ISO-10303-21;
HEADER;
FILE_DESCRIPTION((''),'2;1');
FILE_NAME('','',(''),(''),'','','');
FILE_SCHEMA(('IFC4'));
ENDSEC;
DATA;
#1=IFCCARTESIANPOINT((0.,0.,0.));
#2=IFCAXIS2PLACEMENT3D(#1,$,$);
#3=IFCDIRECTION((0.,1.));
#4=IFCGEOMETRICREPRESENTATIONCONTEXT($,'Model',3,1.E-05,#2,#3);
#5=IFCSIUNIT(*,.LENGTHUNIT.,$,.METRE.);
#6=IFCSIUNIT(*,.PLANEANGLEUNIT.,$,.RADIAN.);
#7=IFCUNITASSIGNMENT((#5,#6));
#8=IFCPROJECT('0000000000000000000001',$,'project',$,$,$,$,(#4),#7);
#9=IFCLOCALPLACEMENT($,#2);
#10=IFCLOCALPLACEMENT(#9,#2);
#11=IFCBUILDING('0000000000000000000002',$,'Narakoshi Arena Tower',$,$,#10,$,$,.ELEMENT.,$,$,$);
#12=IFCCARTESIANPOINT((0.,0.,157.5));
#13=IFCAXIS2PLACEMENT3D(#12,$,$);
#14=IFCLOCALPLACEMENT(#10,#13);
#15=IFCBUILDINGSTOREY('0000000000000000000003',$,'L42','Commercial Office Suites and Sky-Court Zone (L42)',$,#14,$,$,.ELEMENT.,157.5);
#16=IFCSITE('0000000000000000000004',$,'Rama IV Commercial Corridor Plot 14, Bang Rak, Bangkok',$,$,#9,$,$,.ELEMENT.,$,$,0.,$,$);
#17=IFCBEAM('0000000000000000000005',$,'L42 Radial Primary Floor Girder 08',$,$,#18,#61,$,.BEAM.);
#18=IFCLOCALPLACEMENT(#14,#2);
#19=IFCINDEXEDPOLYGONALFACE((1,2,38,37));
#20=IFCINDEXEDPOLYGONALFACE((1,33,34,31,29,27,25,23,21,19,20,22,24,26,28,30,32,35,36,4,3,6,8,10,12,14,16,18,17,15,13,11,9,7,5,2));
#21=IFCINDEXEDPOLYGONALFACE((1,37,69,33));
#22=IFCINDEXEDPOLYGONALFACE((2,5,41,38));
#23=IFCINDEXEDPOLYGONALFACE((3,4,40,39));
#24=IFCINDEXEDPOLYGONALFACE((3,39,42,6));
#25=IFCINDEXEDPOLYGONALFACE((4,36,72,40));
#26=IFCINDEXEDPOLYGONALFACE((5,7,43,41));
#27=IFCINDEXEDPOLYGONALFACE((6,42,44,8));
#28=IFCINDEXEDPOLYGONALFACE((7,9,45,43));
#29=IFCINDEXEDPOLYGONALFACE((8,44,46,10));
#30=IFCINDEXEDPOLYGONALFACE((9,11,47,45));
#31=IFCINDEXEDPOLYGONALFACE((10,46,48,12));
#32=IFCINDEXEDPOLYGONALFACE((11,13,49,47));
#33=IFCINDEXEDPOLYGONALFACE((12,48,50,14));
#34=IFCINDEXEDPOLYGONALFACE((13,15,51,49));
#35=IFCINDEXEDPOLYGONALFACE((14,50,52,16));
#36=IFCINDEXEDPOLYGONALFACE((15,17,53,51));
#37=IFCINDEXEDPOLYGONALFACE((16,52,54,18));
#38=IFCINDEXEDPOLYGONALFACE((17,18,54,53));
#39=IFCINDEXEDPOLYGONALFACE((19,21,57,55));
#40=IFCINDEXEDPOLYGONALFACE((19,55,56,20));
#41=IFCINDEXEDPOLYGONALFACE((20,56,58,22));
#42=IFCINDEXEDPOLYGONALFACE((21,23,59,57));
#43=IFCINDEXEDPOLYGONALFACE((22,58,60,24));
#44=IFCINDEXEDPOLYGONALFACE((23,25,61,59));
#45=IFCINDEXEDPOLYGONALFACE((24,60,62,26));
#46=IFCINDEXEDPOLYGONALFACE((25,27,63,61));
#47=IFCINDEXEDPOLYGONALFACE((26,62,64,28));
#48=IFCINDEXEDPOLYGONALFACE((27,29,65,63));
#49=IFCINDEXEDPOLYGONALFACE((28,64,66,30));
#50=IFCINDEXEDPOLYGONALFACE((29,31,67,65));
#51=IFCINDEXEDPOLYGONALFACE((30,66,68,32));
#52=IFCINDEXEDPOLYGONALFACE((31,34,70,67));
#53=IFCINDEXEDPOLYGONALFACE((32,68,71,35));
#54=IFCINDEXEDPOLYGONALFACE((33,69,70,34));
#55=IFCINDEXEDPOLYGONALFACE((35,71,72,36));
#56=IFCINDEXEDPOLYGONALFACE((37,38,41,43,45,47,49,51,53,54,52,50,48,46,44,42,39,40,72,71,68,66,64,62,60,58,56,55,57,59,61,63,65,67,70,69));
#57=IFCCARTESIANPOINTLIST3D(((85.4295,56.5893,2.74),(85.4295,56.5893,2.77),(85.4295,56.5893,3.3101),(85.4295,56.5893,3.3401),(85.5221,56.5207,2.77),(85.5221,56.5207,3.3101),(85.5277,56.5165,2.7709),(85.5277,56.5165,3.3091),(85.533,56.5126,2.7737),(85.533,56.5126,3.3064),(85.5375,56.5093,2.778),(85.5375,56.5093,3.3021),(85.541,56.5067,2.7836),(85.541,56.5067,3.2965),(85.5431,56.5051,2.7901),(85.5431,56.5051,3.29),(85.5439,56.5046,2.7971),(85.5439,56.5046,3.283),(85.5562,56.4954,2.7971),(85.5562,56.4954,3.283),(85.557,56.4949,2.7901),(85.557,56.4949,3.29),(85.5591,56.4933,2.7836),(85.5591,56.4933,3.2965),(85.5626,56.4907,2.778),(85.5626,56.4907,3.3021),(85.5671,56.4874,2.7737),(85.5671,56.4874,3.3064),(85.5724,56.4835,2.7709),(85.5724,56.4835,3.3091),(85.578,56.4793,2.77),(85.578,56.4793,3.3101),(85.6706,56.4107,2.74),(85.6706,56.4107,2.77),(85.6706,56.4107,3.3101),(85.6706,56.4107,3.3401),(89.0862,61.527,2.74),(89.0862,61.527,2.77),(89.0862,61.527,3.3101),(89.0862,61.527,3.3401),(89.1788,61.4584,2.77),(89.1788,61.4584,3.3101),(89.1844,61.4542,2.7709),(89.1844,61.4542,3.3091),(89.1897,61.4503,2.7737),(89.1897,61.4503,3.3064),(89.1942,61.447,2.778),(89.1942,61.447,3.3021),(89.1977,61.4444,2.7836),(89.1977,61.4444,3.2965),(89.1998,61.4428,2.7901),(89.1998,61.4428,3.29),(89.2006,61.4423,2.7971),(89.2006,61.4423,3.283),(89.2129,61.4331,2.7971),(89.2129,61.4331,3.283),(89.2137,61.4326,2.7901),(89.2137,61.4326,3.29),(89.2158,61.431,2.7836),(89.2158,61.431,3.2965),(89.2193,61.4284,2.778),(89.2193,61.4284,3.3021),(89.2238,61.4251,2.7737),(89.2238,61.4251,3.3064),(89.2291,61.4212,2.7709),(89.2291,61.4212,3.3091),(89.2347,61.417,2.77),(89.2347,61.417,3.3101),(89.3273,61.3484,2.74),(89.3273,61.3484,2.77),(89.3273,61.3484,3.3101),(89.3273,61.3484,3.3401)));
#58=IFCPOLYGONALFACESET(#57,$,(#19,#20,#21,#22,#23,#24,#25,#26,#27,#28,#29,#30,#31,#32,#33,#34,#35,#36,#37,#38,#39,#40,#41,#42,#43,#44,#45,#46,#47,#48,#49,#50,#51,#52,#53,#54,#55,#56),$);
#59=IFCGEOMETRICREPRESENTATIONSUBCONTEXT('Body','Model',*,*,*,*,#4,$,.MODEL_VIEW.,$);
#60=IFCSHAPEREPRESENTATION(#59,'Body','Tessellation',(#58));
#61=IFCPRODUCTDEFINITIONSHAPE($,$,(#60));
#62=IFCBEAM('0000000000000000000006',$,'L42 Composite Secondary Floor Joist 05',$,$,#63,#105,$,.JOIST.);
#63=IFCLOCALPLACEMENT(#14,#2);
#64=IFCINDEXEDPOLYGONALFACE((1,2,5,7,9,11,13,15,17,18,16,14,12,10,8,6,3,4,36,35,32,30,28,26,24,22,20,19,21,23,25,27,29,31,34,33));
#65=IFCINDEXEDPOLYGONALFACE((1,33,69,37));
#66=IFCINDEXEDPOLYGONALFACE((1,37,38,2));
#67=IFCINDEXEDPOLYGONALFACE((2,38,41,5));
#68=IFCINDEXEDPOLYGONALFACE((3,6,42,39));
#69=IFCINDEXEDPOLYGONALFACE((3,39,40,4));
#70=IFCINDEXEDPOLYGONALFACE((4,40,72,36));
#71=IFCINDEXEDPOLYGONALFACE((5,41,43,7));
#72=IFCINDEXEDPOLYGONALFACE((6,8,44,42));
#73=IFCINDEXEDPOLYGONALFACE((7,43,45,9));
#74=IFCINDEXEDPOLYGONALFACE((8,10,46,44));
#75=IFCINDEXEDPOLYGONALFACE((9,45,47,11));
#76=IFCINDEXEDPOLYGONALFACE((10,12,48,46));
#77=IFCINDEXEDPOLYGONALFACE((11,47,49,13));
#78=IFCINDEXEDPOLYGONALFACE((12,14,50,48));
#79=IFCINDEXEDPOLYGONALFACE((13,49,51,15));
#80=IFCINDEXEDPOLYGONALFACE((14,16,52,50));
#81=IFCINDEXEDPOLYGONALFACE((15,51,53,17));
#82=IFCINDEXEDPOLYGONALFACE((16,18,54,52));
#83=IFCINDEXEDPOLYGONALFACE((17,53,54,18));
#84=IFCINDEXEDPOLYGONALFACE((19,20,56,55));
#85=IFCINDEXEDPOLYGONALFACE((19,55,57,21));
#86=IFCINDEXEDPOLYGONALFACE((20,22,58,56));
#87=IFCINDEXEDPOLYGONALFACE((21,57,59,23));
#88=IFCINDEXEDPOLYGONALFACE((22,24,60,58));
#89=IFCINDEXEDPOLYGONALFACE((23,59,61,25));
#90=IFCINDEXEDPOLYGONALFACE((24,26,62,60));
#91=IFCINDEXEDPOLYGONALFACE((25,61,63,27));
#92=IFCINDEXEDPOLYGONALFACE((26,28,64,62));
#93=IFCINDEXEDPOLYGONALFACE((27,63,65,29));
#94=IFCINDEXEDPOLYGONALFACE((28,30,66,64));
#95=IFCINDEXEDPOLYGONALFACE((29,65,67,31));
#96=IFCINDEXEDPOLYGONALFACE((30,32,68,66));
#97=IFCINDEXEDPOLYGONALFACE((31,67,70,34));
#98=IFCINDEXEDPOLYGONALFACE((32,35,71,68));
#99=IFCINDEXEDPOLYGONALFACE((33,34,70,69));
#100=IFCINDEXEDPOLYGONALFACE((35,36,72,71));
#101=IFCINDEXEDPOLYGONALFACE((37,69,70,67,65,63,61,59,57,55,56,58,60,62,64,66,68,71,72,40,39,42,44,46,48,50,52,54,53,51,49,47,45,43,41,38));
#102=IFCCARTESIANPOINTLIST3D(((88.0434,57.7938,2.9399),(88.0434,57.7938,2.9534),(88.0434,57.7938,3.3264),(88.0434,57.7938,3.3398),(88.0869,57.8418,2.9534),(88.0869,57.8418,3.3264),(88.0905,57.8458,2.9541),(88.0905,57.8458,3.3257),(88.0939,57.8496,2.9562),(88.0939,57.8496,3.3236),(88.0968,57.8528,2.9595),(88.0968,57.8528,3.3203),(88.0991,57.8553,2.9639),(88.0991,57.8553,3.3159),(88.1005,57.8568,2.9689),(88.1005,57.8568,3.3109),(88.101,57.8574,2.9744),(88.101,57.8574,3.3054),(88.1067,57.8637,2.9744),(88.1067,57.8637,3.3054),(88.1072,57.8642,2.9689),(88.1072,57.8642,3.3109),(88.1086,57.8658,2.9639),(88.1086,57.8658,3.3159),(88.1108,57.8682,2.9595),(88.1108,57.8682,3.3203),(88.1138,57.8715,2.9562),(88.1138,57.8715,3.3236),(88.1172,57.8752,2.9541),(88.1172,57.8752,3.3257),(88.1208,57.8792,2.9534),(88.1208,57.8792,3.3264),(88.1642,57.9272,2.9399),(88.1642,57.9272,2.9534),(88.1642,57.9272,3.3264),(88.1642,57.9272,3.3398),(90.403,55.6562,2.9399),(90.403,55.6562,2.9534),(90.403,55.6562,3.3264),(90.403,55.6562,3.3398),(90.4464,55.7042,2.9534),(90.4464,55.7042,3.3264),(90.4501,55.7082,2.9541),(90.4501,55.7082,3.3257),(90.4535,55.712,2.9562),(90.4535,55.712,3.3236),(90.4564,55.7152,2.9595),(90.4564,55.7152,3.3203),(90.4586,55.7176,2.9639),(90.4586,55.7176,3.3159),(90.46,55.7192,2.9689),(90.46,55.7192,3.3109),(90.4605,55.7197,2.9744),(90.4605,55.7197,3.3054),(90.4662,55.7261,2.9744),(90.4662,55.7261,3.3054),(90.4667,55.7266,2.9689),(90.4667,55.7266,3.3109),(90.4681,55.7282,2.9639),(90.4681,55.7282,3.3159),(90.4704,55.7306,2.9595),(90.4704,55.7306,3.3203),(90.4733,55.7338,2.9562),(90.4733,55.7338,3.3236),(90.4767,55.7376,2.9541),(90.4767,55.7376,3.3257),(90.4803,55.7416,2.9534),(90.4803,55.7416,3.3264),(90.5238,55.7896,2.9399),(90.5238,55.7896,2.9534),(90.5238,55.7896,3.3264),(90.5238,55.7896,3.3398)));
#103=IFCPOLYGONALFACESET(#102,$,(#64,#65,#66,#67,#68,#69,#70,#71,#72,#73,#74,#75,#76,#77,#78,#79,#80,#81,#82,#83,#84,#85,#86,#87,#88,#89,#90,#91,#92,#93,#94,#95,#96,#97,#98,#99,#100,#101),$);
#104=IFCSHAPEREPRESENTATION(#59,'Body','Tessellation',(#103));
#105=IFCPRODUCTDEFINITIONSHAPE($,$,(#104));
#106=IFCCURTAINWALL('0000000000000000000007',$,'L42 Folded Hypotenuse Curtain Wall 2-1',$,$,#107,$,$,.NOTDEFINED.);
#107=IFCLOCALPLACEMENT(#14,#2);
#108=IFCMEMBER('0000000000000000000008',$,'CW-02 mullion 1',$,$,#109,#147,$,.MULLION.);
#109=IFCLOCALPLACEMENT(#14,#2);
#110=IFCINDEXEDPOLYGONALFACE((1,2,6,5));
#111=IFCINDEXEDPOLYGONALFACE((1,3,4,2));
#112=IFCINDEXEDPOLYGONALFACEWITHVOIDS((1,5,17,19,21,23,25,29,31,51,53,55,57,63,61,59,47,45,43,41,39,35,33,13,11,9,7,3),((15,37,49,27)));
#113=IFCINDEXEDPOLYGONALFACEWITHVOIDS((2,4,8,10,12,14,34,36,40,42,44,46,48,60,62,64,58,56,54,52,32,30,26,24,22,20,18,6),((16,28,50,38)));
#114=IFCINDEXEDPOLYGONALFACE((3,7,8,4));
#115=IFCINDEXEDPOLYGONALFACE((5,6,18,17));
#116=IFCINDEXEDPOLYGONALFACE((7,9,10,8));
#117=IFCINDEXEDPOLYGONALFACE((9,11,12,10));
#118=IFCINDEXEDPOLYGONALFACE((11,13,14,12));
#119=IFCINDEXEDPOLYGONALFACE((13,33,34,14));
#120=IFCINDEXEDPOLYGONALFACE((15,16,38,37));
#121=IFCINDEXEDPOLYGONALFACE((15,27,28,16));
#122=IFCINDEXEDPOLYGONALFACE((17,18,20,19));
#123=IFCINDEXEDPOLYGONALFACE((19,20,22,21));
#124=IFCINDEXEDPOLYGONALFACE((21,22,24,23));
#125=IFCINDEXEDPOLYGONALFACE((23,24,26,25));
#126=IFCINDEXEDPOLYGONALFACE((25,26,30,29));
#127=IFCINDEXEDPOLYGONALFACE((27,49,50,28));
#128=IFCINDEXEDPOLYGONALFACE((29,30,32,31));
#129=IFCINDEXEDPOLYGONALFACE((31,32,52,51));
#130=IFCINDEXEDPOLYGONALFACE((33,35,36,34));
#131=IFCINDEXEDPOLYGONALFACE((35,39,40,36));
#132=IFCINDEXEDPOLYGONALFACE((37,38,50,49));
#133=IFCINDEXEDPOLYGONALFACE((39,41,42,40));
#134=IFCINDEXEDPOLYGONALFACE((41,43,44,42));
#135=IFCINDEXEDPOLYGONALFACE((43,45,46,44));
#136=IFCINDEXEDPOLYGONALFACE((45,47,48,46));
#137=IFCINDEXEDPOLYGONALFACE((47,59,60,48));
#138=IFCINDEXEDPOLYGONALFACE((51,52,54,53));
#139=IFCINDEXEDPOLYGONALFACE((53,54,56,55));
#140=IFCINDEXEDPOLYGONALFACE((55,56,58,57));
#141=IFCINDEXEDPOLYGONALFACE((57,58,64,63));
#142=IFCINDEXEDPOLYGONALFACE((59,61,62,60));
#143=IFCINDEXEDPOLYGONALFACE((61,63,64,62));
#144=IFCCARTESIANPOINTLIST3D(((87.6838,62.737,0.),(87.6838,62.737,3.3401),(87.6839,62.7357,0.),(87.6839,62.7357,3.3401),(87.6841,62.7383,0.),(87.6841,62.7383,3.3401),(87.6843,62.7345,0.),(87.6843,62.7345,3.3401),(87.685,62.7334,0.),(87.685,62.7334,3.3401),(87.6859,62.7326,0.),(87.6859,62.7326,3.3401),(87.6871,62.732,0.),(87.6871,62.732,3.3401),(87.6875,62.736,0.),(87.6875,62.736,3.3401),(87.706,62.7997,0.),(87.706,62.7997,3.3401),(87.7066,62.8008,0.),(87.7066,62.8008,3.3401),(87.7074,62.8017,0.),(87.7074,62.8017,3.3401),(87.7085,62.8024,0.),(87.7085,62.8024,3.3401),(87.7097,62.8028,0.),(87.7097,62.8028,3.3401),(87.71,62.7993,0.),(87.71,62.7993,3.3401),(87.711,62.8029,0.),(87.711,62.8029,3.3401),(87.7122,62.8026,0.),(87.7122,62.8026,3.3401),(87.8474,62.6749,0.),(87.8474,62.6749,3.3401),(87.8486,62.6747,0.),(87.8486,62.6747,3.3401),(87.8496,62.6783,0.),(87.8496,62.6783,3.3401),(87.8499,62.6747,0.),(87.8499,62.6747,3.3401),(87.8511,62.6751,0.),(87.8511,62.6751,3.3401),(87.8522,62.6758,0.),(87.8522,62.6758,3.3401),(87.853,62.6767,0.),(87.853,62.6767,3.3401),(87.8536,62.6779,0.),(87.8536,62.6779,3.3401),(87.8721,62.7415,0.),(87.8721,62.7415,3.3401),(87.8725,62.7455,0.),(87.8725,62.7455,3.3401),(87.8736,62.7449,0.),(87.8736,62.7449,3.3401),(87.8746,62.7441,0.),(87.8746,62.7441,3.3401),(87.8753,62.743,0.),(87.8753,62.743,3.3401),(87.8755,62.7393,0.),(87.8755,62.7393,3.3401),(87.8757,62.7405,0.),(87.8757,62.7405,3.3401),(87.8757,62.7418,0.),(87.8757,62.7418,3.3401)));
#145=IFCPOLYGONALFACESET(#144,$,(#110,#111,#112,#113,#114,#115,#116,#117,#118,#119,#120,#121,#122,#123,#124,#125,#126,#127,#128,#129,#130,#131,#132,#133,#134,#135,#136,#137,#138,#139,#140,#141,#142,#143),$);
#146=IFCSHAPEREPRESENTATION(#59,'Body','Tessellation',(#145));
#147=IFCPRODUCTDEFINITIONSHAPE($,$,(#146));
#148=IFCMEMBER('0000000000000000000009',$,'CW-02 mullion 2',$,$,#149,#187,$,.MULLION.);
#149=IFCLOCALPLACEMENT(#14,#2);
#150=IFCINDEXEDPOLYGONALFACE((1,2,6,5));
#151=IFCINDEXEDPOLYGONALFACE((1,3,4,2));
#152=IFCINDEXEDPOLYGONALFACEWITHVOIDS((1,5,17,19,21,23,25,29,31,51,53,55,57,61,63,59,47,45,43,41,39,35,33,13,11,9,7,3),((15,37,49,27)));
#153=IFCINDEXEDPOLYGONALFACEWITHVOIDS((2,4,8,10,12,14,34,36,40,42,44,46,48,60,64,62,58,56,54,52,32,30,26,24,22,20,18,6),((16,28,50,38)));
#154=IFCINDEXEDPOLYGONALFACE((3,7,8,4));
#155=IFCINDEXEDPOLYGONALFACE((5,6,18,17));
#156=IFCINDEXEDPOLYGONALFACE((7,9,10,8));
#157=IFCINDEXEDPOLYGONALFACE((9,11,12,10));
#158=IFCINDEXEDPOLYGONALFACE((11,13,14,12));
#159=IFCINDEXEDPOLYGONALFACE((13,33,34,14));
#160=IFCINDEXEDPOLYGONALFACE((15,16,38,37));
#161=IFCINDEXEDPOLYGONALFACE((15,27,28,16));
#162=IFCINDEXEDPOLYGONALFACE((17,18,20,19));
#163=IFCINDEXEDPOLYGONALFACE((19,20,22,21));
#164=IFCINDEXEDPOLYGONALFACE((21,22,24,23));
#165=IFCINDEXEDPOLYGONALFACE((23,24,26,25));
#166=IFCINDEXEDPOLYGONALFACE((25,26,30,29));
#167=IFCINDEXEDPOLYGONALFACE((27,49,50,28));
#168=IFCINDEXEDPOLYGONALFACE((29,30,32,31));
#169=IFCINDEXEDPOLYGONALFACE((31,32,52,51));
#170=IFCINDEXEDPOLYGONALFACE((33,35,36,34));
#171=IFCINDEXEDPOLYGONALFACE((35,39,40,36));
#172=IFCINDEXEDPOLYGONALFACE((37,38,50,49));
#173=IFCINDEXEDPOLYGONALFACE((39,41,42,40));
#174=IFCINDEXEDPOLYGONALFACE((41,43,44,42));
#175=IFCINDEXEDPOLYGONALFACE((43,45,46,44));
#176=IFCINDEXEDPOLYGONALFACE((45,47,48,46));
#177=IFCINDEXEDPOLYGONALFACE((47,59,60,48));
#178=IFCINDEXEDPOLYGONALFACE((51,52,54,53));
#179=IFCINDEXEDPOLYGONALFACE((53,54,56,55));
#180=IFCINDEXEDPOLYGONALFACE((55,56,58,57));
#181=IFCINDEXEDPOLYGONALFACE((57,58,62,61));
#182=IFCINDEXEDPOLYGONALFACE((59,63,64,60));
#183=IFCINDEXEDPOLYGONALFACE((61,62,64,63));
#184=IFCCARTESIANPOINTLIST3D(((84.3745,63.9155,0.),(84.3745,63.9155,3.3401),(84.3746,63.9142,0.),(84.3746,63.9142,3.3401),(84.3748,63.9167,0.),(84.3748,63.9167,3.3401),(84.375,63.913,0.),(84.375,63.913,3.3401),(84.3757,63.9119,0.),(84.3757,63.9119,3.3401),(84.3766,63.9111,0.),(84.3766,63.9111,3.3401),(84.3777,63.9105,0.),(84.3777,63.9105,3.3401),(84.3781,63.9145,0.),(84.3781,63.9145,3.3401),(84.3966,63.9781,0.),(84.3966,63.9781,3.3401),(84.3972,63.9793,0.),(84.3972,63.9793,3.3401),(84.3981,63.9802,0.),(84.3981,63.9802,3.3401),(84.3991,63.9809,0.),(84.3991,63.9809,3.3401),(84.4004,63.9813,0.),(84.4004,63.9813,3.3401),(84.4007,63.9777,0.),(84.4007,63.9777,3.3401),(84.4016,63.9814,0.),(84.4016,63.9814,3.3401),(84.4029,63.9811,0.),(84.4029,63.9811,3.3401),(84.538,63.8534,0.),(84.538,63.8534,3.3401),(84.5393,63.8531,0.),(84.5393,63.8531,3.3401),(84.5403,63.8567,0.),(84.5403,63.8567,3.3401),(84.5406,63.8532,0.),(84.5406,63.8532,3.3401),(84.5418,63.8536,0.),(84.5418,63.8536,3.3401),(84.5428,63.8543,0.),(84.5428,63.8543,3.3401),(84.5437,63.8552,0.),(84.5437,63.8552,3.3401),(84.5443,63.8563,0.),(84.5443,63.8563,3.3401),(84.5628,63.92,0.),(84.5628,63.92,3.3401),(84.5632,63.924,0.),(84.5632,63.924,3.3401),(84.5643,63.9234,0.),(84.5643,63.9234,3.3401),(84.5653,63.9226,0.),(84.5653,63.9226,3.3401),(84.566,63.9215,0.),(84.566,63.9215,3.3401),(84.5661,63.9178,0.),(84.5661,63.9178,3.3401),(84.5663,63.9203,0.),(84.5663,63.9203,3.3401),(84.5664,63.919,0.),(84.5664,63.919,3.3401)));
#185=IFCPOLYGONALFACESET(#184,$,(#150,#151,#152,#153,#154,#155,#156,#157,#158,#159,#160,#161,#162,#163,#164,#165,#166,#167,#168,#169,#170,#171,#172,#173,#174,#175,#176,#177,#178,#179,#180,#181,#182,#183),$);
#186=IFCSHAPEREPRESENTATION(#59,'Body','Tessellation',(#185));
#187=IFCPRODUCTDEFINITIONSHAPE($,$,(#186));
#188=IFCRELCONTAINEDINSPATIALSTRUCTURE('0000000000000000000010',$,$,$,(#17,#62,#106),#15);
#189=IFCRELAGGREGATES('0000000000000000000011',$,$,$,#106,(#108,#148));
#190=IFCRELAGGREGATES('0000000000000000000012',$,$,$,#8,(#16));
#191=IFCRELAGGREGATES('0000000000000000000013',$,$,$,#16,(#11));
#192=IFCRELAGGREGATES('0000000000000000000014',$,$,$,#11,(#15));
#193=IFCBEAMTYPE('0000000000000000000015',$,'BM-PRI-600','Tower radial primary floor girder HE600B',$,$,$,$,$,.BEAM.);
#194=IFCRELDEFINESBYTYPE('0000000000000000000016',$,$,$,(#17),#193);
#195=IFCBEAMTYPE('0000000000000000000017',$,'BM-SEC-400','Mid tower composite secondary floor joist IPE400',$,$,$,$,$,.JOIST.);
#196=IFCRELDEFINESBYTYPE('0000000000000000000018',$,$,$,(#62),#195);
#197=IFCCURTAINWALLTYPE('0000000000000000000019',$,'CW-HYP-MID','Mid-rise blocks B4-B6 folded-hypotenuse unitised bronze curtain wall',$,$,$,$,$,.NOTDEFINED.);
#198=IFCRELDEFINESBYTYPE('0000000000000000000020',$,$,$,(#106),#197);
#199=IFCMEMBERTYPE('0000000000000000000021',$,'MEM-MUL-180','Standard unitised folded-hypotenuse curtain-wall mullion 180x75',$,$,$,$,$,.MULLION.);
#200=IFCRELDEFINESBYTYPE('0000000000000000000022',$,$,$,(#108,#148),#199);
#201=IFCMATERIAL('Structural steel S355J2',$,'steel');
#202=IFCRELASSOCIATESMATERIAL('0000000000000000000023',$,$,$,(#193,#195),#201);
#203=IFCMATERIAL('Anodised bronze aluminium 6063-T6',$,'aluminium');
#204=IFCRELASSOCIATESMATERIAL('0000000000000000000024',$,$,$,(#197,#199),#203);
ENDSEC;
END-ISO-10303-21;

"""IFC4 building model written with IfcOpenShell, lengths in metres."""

from ifc_helpers import new_model, si_unit, direction, frame, origin, origin_2d, place, context, subcontext, project, spatial, hollow_rectangle, i_section, extrude, material, material_profile, profile_set, type_object, element, aggregate, save


model = new_model("IFC4")

# Units and contexts
model_context = context("Model", 3, precision=1e-05, world=origin(), true_north=direction((0.0, 1.0)))
body_context = subcontext(model_context, "Body", "Model", "MODEL_VIEW")
ifc_project = project(units=[si_unit("LENGTHUNIT", "METRE"), si_unit("PLANEANGLEUNIT", "RADIAN")], contexts=[model_context])

# Site, building, storey
site_placement = place(None, origin())
site = spatial("IfcSite", under=ifc_project, at=site_placement, Name="Rama IV Commercial Corridor Plot 14, Bang Rak, Bangkok", CompositionType="ELEMENT", RefElevation=0.0)
building_placement = place(site_placement, origin())
building = spatial("IfcBuilding", under=site, at=building_placement, Name="Narakoshi Arena Tower", CompositionType="ELEMENT")
storey_placement = place(building_placement, frame((0.0, 0.0, 157.5)))
storey = spatial("IfcBuildingStorey", under=building, at=storey_placement, Name="L42", Description="Commercial Office Suites and Sky-Court Zone (L42)", CompositionType="ELEMENT", Elevation=157.5)

# Beams
ifc_material_1 = material(Name="Structural steel S355J2", Category="steel")
ifc_material_profile_1 = material_profile(ifc_material_1, i_section(OverallWidth=0.3, OverallDepth=0.6001, WebThickness=0.0154, FlangeThickness=0.03, FilletRadius=0.0271, at=origin_2d()), Name="HE600B")
ifc_profile_set_1 = profile_set([ifc_material_profile_1], Name="Structural steel S355J2")
beam_type_1 = type_object("IfcBeamType", Name="BM-PRI-600", Description="Tower radial primary floor girder HE600B", PredefinedType="BEAM", material=ifc_profile_set_1)
beam_1_placement = place(storey_placement, frame((85.55, 56.5, 3.04), z_axis=(0.595138, 0.803623, 0.0), x_axis=(-0.803623, 0.595138, 0.0)))
element("IfcBeam", 1, at=beam_1_placement, inside=storey, type_object=beam_type_1, Name="L42 Radial Primary Floor Girder 08", PredefinedType="BEAM", context=body_context, shape_type="SweptSolid", body=[
    extrude(i_section(OverallWidth=0.3, OverallDepth=0.6001, WebThickness=0.0154, FlangeThickness=0.03, FilletRadius=0.0271, at=origin_2d()), origin(), (0.0, 0.0, 1.0), 6.1443),
])
ifc_material_profile_2 = material_profile(ifc_material_1, i_section(OverallWidth=0.1799, OverallDepth=0.3999, WebThickness=0.0085, FlangeThickness=0.0134, FilletRadius=0.021, at=origin_2d()), Name="IPE400")
ifc_profile_set_2 = profile_set([ifc_material_profile_2], Name="Structural steel S355J2")
beam_type_2 = type_object("IfcBeamType", Name="BM-SEC-400", Description="Mid tower composite secondary floor joist IPE400", PredefinedType="JOIST", material=ifc_profile_set_2)
beam_2_placement = place(storey_placement, frame((90.4634, 55.7229, 3.1399), z_axis=(-0.741098, 0.671397, 0.0), x_axis=(-0.671397, -0.741098, 0.0)))
element("IfcBeam", 2, at=beam_2_placement, inside=storey, type_object=beam_type_2, Name="L42 Composite Secondary Floor Joist 05", PredefinedType="JOIST", context=body_context, shape_type="SweptSolid", body=[
    extrude(i_section(OverallWidth=0.1799, OverallDepth=0.3999, WebThickness=0.0085, FlangeThickness=0.0134, FilletRadius=0.021, at=origin_2d()), origin(), (0.0, 0.0, 1.0), 3.1838),
])

# Curtain wall, members
ifc_material_2 = material(Name="Anodised bronze aluminium 6063-T6", Category="aluminium")
curtain_wall_type = type_object("IfcCurtainWallType", Name="CW-HYP-MID", Description="Mid-rise blocks B4-B6 folded-hypotenuse unitised bronze curtain wall", PredefinedType="NOTDEFINED", material=ifc_material_2)
curtain_wall_placement = place(storey_placement, origin())
curtain_wall = element("IfcCurtainWall", 3, at=curtain_wall_placement, inside=storey, type_object=curtain_wall_type, Name="L42 Folded Hypotenuse Curtain Wall 2-1", PredefinedType="NOTDEFINED")
ifc_material_profile_3 = material_profile(ifc_material_2, hollow_rectangle(XDim=0.075, YDim=0.1799, WallThickness=0.0039, OuterFilletRadius=0.0049, at=origin_2d()), Name="MUL180x75x4")
ifc_profile_set_3 = profile_set([ifc_material_profile_3], Name="Anodised bronze aluminium 6063-T6")
member_type_1 = type_object("IfcMemberType", Name="MEM-MUL-180", Description="Standard unitised folded-hypotenuse curtain-wall mullion 180x75", PredefinedType="MULLION", material=ifc_profile_set_3)
member_1_placement = place(storey_placement, frame((87.7798, 62.7388, 0.0), z_axis=(0.0, 0.0, 1.0), x_axis=(-0.335518, -0.942034, 0.0)))
member_1 = element("IfcMember", 4, at=member_1_placement, type_object=member_type_1, Name="CW-02 mullion 1", PredefinedType="MULLION", context=body_context, shape_type="SweptSolid", body=[
    extrude(hollow_rectangle(XDim=0.075, YDim=0.1799, WallThickness=0.0039, OuterFilletRadius=0.0049, at=origin_2d()), origin(), (0.0, 0.0, 1.0), 3.3401),
])
member_2_placement = place(storey_placement, frame((84.4705, 63.9172, 0.0), z_axis=(0.0, 0.0, 1.0), x_axis=(-0.335518, -0.942034, 0.0)))
member_2 = element("IfcMember", 5, at=member_2_placement, type_object=member_type_1, Name="CW-02 mullion 2", PredefinedType="MULLION", context=body_context, shape_type="SweptSolid", body=[
    extrude(hollow_rectangle(XDim=0.075, YDim=0.1799, WallThickness=0.0039, OuterFilletRadius=0.0049, at=origin_2d()), origin(), (0.0, 0.0, 1.0), 3.3401),
])
aggregate(curtain_wall, [member_1, member_2])

save(model, "model.ifc")
